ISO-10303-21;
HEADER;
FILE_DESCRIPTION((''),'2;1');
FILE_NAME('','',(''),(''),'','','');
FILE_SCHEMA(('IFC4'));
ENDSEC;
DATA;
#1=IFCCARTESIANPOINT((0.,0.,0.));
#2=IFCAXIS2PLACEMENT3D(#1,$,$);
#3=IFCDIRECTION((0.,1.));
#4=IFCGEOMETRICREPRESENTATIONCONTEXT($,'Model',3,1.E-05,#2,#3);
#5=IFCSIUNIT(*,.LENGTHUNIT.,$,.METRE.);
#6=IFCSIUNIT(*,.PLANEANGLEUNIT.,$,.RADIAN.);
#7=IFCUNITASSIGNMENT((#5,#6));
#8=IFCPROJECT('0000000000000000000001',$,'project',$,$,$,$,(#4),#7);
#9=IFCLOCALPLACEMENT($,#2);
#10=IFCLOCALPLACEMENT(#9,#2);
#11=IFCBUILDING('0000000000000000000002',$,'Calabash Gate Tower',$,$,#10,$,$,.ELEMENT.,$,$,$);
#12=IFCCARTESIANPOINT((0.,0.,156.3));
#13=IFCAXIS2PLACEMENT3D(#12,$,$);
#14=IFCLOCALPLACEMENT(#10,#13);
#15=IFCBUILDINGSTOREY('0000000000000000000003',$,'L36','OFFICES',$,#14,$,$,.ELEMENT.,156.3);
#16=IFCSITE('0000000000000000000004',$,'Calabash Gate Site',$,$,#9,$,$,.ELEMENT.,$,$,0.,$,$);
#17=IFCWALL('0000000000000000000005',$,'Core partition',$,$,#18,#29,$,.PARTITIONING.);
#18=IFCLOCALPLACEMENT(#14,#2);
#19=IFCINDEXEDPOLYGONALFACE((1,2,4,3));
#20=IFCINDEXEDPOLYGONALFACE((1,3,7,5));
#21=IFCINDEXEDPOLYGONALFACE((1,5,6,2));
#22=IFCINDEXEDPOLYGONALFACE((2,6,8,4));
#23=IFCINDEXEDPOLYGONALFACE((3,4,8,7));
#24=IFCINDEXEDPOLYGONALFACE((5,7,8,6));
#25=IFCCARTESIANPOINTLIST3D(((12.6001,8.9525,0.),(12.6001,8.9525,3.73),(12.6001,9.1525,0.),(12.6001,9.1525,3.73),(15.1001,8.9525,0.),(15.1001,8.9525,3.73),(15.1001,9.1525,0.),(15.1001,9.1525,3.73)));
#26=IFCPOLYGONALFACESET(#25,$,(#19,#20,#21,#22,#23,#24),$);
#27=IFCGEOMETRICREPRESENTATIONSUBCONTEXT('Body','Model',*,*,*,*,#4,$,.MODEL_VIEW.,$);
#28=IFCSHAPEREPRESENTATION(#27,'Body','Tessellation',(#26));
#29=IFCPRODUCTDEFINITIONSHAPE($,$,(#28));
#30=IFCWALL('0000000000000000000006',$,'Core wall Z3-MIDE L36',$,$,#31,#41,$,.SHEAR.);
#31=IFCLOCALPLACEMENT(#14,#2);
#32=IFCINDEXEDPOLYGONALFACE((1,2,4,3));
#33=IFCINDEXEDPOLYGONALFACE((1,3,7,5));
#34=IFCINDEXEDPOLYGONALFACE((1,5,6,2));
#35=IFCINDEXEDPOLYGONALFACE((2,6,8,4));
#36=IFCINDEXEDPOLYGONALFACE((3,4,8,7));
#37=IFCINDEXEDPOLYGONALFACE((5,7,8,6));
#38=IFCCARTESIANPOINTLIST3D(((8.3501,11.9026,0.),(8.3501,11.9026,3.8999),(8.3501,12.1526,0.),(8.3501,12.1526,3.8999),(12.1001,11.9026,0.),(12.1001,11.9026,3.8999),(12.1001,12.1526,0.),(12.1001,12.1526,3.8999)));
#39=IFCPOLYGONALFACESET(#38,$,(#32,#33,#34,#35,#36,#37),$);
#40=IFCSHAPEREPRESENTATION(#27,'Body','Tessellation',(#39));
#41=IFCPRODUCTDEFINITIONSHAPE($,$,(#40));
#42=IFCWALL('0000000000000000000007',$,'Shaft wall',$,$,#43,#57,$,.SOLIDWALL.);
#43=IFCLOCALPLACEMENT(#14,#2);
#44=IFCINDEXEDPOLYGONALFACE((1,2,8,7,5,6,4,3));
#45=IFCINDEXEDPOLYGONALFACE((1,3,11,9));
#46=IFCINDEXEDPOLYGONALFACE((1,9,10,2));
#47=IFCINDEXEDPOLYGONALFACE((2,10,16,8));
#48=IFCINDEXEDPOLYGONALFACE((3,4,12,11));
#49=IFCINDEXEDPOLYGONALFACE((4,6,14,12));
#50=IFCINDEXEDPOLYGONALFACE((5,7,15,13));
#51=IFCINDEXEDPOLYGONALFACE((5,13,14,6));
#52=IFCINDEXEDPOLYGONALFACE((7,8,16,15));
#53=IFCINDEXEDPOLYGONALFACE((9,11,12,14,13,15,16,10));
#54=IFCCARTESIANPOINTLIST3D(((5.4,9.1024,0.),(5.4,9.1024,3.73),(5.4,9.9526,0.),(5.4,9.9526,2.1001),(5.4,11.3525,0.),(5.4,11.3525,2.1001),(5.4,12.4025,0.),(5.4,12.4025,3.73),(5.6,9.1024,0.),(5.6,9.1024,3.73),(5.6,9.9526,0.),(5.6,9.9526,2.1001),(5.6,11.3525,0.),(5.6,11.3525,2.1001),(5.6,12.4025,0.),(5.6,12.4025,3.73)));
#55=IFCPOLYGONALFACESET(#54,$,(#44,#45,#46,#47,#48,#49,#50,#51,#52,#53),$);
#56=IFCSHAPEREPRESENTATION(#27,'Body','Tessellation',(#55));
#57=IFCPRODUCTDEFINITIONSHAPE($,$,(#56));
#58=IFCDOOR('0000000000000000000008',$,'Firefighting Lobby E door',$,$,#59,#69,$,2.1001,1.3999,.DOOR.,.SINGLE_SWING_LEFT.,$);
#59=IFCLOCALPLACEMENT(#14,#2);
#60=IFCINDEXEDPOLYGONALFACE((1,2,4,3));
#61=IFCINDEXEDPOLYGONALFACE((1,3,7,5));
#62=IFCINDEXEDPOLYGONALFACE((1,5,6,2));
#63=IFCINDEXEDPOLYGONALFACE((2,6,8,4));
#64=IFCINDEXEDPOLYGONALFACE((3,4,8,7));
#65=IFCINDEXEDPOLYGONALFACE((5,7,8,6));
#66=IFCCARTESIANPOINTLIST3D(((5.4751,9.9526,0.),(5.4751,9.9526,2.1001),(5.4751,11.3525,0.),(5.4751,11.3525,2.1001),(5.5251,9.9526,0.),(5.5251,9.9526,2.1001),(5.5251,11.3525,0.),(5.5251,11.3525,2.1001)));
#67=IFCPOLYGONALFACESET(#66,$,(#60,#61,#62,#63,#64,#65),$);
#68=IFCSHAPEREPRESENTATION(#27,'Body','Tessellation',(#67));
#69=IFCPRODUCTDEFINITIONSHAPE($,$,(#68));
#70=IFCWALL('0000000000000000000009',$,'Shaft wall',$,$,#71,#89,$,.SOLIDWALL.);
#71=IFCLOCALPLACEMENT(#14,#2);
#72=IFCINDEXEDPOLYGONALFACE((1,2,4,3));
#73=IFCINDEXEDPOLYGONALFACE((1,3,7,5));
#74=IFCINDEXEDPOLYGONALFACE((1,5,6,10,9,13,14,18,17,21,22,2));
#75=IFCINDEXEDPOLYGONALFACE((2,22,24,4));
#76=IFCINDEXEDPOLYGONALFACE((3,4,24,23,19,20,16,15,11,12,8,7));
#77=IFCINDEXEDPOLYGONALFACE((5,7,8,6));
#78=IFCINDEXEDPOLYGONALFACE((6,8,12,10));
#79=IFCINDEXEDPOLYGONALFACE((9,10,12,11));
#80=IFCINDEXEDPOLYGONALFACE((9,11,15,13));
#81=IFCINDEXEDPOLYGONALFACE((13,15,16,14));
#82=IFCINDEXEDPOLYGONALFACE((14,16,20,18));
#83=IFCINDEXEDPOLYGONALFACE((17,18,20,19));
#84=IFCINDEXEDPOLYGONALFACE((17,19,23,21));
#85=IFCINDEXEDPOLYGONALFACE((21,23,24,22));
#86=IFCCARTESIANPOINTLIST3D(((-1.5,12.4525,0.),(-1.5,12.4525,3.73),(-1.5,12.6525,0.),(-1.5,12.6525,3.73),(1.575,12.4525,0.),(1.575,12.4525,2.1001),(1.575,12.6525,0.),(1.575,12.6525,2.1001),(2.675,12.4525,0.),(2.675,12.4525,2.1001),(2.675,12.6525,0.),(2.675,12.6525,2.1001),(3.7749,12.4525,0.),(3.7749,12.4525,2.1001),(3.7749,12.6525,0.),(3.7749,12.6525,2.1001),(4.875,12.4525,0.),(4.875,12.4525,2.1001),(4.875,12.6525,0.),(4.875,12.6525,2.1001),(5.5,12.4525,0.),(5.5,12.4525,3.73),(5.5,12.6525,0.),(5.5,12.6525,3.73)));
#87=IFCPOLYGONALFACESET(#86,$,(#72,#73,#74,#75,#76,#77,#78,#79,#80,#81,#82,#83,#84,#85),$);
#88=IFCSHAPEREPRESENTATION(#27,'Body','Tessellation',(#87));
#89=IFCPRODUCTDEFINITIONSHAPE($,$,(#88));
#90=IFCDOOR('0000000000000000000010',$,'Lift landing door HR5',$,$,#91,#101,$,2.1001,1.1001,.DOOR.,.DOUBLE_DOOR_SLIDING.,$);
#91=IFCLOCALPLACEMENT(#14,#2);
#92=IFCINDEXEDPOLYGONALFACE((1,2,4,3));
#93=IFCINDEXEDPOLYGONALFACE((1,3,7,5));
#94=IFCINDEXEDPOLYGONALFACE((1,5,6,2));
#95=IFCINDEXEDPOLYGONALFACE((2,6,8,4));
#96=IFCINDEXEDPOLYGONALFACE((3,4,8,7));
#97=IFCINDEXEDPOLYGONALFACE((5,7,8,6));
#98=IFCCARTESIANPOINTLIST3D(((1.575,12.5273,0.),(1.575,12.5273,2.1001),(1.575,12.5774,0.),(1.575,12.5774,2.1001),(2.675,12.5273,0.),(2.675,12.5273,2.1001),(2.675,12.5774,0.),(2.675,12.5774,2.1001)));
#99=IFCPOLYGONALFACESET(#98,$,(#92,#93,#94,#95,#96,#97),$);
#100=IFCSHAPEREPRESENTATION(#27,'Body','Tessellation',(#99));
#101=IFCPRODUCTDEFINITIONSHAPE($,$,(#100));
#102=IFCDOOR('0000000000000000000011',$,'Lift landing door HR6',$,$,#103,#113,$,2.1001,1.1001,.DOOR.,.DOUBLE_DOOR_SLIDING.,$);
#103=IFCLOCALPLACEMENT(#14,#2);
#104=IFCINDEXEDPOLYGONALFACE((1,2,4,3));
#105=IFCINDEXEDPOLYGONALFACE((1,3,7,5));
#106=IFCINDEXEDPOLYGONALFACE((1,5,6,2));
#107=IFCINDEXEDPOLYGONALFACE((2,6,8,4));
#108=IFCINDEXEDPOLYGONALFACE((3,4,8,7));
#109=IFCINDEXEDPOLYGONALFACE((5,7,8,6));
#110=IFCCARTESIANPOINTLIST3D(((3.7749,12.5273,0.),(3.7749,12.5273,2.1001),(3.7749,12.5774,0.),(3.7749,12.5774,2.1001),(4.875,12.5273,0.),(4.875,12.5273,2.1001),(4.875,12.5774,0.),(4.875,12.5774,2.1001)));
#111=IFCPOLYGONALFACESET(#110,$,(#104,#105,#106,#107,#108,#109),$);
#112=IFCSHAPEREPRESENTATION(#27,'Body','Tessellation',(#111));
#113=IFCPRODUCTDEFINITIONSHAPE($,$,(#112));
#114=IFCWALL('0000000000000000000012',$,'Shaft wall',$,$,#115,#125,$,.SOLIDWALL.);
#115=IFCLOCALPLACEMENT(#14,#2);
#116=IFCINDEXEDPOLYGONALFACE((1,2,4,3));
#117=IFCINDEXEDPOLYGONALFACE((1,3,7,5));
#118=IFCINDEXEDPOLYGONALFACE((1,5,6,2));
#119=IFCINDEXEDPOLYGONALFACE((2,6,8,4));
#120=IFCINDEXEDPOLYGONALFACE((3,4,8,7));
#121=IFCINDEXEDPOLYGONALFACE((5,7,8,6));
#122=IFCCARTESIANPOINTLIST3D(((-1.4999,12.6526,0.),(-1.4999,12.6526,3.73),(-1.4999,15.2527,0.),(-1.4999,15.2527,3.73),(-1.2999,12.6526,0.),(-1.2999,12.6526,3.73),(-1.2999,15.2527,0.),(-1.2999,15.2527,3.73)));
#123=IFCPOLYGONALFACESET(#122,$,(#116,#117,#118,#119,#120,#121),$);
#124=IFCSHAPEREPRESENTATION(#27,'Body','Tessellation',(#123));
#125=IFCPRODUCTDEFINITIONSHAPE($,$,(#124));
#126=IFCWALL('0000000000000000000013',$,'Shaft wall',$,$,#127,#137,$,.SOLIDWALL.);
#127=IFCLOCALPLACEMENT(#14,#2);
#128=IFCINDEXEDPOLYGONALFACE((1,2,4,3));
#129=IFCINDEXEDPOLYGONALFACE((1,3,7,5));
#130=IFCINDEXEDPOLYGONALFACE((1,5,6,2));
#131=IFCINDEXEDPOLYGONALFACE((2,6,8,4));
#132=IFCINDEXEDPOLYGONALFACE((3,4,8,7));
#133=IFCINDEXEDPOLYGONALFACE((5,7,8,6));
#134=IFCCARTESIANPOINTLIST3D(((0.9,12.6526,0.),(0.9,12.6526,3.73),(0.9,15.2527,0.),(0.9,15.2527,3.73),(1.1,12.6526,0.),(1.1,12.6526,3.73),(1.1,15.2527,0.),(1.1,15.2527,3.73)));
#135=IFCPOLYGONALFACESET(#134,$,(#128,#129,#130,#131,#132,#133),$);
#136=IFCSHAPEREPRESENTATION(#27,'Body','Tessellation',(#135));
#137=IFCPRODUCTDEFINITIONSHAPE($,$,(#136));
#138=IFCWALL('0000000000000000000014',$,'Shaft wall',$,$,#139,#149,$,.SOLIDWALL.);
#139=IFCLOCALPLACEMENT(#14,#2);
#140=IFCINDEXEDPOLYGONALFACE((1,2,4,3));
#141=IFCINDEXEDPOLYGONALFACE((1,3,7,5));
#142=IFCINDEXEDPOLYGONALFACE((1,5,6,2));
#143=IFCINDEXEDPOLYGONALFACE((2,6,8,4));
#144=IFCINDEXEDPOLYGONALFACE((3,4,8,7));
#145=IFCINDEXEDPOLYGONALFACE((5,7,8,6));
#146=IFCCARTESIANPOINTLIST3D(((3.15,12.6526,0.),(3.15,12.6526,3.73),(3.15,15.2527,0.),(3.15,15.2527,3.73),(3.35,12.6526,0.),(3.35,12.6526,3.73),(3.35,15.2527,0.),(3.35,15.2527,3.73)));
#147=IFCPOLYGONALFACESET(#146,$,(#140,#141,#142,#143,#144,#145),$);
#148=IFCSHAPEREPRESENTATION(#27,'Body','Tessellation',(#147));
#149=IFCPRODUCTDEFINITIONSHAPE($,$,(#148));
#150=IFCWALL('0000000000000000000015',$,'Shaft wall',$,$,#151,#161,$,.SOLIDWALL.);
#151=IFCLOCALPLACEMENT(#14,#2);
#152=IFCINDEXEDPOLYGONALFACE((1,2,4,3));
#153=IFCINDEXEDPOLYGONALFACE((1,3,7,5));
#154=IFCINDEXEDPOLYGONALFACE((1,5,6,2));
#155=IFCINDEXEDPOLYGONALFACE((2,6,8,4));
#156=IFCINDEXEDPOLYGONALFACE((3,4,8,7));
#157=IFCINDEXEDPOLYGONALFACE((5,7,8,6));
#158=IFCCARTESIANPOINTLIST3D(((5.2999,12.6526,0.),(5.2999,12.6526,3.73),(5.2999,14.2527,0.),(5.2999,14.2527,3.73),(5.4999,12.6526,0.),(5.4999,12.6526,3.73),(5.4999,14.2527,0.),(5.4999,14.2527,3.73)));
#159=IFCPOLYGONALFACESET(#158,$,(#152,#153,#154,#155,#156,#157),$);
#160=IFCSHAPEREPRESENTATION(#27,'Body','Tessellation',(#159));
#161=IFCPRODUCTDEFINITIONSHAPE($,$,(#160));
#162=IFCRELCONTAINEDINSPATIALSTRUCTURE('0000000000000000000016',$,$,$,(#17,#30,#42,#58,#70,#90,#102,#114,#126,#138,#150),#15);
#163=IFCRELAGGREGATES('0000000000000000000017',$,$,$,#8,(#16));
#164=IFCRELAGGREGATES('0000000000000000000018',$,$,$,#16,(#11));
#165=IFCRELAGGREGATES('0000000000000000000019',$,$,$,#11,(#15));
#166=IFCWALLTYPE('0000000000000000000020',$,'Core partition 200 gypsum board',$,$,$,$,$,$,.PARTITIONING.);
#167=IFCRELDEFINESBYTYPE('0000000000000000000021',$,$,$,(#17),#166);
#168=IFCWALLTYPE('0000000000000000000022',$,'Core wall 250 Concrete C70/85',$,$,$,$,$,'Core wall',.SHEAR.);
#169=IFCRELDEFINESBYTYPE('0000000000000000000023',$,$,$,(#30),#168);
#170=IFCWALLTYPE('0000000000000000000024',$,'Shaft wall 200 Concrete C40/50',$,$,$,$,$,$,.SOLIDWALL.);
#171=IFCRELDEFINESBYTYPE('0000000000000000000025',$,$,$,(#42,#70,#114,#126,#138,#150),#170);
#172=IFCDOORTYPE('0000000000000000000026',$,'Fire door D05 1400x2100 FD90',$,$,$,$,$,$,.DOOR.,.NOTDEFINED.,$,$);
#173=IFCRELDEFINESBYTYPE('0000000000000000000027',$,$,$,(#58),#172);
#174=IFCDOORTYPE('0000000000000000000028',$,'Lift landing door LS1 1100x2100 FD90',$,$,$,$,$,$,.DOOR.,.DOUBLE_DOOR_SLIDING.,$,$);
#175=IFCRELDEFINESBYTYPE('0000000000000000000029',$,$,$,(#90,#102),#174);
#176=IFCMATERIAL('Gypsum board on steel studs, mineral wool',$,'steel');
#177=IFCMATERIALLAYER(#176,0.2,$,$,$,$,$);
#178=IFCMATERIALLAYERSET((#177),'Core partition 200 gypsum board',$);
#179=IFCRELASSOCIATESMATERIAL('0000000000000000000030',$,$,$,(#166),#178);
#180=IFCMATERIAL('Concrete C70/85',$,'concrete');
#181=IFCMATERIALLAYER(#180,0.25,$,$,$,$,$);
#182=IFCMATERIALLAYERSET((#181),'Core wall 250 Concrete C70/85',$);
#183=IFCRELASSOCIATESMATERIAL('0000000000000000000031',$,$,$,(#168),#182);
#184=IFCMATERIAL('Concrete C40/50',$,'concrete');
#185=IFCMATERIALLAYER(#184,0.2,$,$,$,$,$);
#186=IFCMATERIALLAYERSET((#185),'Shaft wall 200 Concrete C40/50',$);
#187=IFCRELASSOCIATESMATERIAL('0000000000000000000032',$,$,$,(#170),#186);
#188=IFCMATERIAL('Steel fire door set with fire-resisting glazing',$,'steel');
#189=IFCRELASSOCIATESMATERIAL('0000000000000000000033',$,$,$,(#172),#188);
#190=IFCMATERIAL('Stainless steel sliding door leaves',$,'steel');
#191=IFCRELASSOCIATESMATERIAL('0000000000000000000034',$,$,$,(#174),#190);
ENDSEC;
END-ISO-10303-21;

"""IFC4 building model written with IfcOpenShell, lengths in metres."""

from ifc_helpers import new_model, si_unit, direction, frame, frame_2d, origin, place, context, subcontext, project, spatial, rectangle, extrude, material, layer, layer_set, type_object, element, fill, save


model = new_model("IFC4")

# Units and contexts
model_context = context("Model", 3, precision=1e-05, world=origin(), true_north=direction((0.0, 1.0)))
body_context = subcontext(model_context, "Body", "Model", "MODEL_VIEW")
ifc_project = project(units=[si_unit("LENGTHUNIT", "METRE"), si_unit("PLANEANGLEUNIT", "RADIAN")], contexts=[model_context])

# Site, building, storey
site_placement = place(None, origin())
site = spatial("IfcSite", under=ifc_project, at=site_placement, Name="Calabash Gate Site", CompositionType="ELEMENT", RefElevation=0.0)
building_placement = place(site_placement, origin())
building = spatial("IfcBuilding", under=site, at=building_placement, Name="Calabash Gate Tower", CompositionType="ELEMENT")
storey_placement = place(building_placement, frame((0.0, 0.0, 156.3)))
storey = spatial("IfcBuildingStorey", under=building, at=storey_placement, Name="L36", Description="OFFICES", CompositionType="ELEMENT", Elevation=156.3)

# Walls
ifc_material_1 = material(Name="Gypsum board on steel studs, mineral wool", Category="steel")
ifc_layer_1 = layer(ifc_material_1, 0.2)
ifc_layer_set_1 = layer_set([ifc_layer_1], Name="Core partition 200 gypsum board")
wall_type_1 = type_object("IfcWallType", Name="Core partition 200 gypsum board", PredefinedType="PARTITIONING", material=ifc_layer_set_1)
wall_1_placement = place(storey_placement, frame((12.6001, 9.0525, 0.0), z_axis=(0.0, 0.0, 1.0), x_axis=(1.0, 0.0, 0.0)))
element("IfcWall", 1, at=wall_1_placement, inside=storey, type_object=wall_type_1, Name="Core partition", PredefinedType="PARTITIONING", context=body_context, shape_type="SweptSolid", body=[
    extrude(rectangle(XDim=2.5, YDim=0.2, at=frame_2d((1.25, 0.0))), origin(), (0.0, 0.0, 1.0), 3.73),
])
ifc_material_2 = material(Name="Concrete C70/85", Category="concrete")
ifc_layer_2 = layer(ifc_material_2, 0.25)
ifc_layer_set_2 = layer_set([ifc_layer_2], Name="Core wall 250 Concrete C70/85")
wall_type_2 = type_object("IfcWallType", Name="Core wall 250 Concrete C70/85", ElementType="Core wall", PredefinedType="SHEAR", material=ifc_layer_set_2)
wall_2_placement = place(storey_placement, frame((8.3501, 12.0276, 0.0), z_axis=(0.0, 0.0, 1.0), x_axis=(1.0, 0.0, 0.0)))
element("IfcWall", 2, at=wall_2_placement, inside=storey, type_object=wall_type_2, Name="Core wall Z3-MIDE L36", PredefinedType="SHEAR", context=body_context, shape_type="SweptSolid", body=[
    extrude(rectangle(XDim=3.75, YDim=0.25, at=frame_2d((1.875, 0.0))), origin(), (0.0, 0.0, 1.0), 3.8999),
])

# Wall, opening, door
ifc_material_3 = material(Name="Concrete C40/50", Category="concrete")
ifc_layer_3 = layer(ifc_material_3, 0.2)
ifc_layer_set_3 = layer_set([ifc_layer_3], Name="Shaft wall 200 Concrete C40/50")
wall_type_3 = type_object("IfcWallType", Name="Shaft wall 200 Concrete C40/50", PredefinedType="SOLIDWALL", material=ifc_layer_set_3)
wall_3_placement = place(storey_placement, frame((5.5, 9.1025, 0.0), z_axis=(0.0, 0.0, 1.0), x_axis=(0.0, 1.0, 0.0)))
wall_3 = element("IfcWall", 3, at=wall_3_placement, inside=storey, type_object=wall_type_3, Name="Shaft wall", PredefinedType="SOLIDWALL", context=body_context, shape_type="SweptSolid", body=[
    extrude(rectangle(XDim=3.3, YDim=0.2, at=frame_2d((1.6499, 0.0))), origin(), (0.0, 0.0, 1.0), 3.73),
])
opening_1_placement = place(wall_3_placement, frame((0.8501, 0.0, 0.0)))
opening_1 = element("IfcOpeningElement", 4, at=opening_1_placement, cuts=wall_3, PredefinedType="OPENING", context=body_context, shape_type="SweptSolid", body=[
    extrude(rectangle(XDim=1.3999, YDim=2.1001, at=frame_2d((0.7, 1.05))), frame((0.0, 0.1099, 0.0), z_axis=(0.0, -1.0, 0.0), x_axis=(1.0, 0.0, 0.0)), (0.0, 0.0, 1.0), 0.22),
])
ifc_material_4 = material(Name="Steel fire door set with fire-resisting glazing", Category="steel")
door_type_1 = type_object("IfcDoorType", Name="Fire door D05 1400x2100 FD90", OperationType="NOTDEFINED", PredefinedType="DOOR", material=ifc_material_4)
door_1_placement = place(opening_1_placement, origin())
door_1 = element("IfcDoor", 5, at=door_1_placement, inside=storey, type_object=door_type_1, Name="Firefighting Lobby E door", OperationType="SINGLE_SWING_LEFT", OverallHeight=2.1001, OverallWidth=1.3999, PredefinedType="DOOR", context=body_context, shape_type="SweptSolid", body=[
    extrude(rectangle(XDim=1.3999, YDim=2.1001, at=frame_2d((0.7, 1.05))), frame((0.0, 0.0249, 0.0), z_axis=(0.0, -1.0, 0.0), x_axis=(1.0, 0.0, 0.0)), (0.0, 0.0, 1.0), 0.05),
])
fill(opening_1, door_1)

# Wall, openings, doors
wall_4_placement = place(storey_placement, frame((-1.5, 12.5525, 0.0), z_axis=(0.0, 0.0, 1.0), x_axis=(1.0, 0.0, 0.0)))
wall_4 = element("IfcWall", 6, at=wall_4_placement, inside=storey, type_object=wall_type_3, Name="Shaft wall", PredefinedType="SOLIDWALL", context=body_context, shape_type="SweptSolid", body=[
    extrude(rectangle(XDim=7.0, YDim=0.2, at=frame_2d((3.5, 0.0))), origin(), (0.0, 0.0, 1.0), 3.73),
])
opening_2_placement = place(wall_4_placement, frame((3.075, 0.0, 0.0)))
opening_2 = element("IfcOpeningElement", 7, at=opening_2_placement, cuts=wall_4, PredefinedType="OPENING", context=body_context, shape_type="SweptSolid", body=[
    extrude(rectangle(XDim=1.1001, YDim=2.1001, at=frame_2d((0.55, 1.05))), frame((0.0, 0.1099, 0.0), z_axis=(0.0, -1.0, 0.0), x_axis=(1.0, 0.0, 0.0)), (0.0, 0.0, 1.0), 0.22),
])
opening_3_placement = place(wall_4_placement, frame((5.2749, 0.0, 0.0)))
opening_3 = element("IfcOpeningElement", 8, at=opening_3_placement, cuts=wall_4, PredefinedType="OPENING", context=body_context, shape_type="SweptSolid", body=[
    extrude(rectangle(XDim=1.1001, YDim=2.1001, at=frame_2d((0.55, 1.05))), frame((0.0, 0.1099, 0.0), z_axis=(0.0, -1.0, 0.0), x_axis=(1.0, 0.0, 0.0)), (0.0, 0.0, 1.0), 0.22),
])
ifc_material_5 = material(Name="Stainless steel sliding door leaves", Category="steel")
door_type_2 = type_object("IfcDoorType", Name="Lift landing door LS1 1100x2100 FD90", OperationType="DOUBLE_DOOR_SLIDING", PredefinedType="DOOR", material=ifc_material_5)
door_2_placement = place(opening_2_placement, origin())
door_2 = element("IfcDoor", 9, at=door_2_placement, inside=storey, type_object=door_type_2, Name="Lift landing door HR5", OperationType="DOUBLE_DOOR_SLIDING", OverallHeight=2.1001, OverallWidth=1.1001, PredefinedType="DOOR", context=body_context, shape_type="SweptSolid", body=[
    extrude(rectangle(XDim=1.1001, YDim=2.1001, at=frame_2d((0.55, 1.05))), frame((0.0, 0.0249, 0.0), z_axis=(0.0, -1.0, 0.0), x_axis=(1.0, 0.0, 0.0)), (0.0, 0.0, 1.0), 0.05),
])
fill(opening_2, door_2)
door_3_placement = place(opening_3_placement, origin())
door_3 = element("IfcDoor", 10, at=door_3_placement, inside=storey, type_object=door_type_2, Name="Lift landing door HR6", OperationType="DOUBLE_DOOR_SLIDING", OverallHeight=2.1001, OverallWidth=1.1001, PredefinedType="DOOR", context=body_context, shape_type="SweptSolid", body=[
    extrude(rectangle(XDim=1.1001, YDim=2.1001, at=frame_2d((0.55, 1.05))), frame((0.0, 0.0249, 0.0), z_axis=(0.0, -1.0, 0.0), x_axis=(1.0, 0.0, 0.0)), (0.0, 0.0, 1.0), 0.05),
])
fill(opening_3, door_3)

# Walls
for number, where, z_axis, x_axis, name in (
    (11, (-1.3999, 12.6526, 0.0), (0.0, 0.0, 1.0), (0.0, 1.0, 0.0), "Shaft wall"),
    (12, (1.0, 12.6526, 0.0), (0.0, 0.0, 1.0), (0.0, 1.0, 0.0), "Shaft wall"),
    (13, (3.25, 12.6526, 0.0), (0.0, 0.0, 1.0), (0.0, 1.0, 0.0), "Shaft wall"),
):
    element("IfcWall", number, at=place(storey_placement, frame(where, z_axis=z_axis, x_axis=x_axis)), inside=storey, type_object=wall_type_3, Name=name, PredefinedType="SOLIDWALL", context=body_context, shape_type="SweptSolid", body=[
        extrude(rectangle(XDim=2.6001, YDim=0.2, at=frame_2d((1.3, 0.0))), origin(), (0.0, 0.0, 1.0), 3.73),
    ])
wall_5_placement = place(storey_placement, frame((5.3999, 12.6526, 0.0), z_axis=(0.0, 0.0, 1.0), x_axis=(0.0, 1.0, 0.0)))
element("IfcWall", 14, at=wall_5_placement, inside=storey, type_object=wall_type_3, Name="Shaft wall", PredefinedType="SOLIDWALL", context=body_context, shape_type="SweptSolid", body=[
    extrude(rectangle(XDim=1.6001, YDim=0.2, at=frame_2d((0.8, 0.0))), origin(), (0.0, 0.0, 1.0), 3.73),
])

save(model, "model.ifc")
